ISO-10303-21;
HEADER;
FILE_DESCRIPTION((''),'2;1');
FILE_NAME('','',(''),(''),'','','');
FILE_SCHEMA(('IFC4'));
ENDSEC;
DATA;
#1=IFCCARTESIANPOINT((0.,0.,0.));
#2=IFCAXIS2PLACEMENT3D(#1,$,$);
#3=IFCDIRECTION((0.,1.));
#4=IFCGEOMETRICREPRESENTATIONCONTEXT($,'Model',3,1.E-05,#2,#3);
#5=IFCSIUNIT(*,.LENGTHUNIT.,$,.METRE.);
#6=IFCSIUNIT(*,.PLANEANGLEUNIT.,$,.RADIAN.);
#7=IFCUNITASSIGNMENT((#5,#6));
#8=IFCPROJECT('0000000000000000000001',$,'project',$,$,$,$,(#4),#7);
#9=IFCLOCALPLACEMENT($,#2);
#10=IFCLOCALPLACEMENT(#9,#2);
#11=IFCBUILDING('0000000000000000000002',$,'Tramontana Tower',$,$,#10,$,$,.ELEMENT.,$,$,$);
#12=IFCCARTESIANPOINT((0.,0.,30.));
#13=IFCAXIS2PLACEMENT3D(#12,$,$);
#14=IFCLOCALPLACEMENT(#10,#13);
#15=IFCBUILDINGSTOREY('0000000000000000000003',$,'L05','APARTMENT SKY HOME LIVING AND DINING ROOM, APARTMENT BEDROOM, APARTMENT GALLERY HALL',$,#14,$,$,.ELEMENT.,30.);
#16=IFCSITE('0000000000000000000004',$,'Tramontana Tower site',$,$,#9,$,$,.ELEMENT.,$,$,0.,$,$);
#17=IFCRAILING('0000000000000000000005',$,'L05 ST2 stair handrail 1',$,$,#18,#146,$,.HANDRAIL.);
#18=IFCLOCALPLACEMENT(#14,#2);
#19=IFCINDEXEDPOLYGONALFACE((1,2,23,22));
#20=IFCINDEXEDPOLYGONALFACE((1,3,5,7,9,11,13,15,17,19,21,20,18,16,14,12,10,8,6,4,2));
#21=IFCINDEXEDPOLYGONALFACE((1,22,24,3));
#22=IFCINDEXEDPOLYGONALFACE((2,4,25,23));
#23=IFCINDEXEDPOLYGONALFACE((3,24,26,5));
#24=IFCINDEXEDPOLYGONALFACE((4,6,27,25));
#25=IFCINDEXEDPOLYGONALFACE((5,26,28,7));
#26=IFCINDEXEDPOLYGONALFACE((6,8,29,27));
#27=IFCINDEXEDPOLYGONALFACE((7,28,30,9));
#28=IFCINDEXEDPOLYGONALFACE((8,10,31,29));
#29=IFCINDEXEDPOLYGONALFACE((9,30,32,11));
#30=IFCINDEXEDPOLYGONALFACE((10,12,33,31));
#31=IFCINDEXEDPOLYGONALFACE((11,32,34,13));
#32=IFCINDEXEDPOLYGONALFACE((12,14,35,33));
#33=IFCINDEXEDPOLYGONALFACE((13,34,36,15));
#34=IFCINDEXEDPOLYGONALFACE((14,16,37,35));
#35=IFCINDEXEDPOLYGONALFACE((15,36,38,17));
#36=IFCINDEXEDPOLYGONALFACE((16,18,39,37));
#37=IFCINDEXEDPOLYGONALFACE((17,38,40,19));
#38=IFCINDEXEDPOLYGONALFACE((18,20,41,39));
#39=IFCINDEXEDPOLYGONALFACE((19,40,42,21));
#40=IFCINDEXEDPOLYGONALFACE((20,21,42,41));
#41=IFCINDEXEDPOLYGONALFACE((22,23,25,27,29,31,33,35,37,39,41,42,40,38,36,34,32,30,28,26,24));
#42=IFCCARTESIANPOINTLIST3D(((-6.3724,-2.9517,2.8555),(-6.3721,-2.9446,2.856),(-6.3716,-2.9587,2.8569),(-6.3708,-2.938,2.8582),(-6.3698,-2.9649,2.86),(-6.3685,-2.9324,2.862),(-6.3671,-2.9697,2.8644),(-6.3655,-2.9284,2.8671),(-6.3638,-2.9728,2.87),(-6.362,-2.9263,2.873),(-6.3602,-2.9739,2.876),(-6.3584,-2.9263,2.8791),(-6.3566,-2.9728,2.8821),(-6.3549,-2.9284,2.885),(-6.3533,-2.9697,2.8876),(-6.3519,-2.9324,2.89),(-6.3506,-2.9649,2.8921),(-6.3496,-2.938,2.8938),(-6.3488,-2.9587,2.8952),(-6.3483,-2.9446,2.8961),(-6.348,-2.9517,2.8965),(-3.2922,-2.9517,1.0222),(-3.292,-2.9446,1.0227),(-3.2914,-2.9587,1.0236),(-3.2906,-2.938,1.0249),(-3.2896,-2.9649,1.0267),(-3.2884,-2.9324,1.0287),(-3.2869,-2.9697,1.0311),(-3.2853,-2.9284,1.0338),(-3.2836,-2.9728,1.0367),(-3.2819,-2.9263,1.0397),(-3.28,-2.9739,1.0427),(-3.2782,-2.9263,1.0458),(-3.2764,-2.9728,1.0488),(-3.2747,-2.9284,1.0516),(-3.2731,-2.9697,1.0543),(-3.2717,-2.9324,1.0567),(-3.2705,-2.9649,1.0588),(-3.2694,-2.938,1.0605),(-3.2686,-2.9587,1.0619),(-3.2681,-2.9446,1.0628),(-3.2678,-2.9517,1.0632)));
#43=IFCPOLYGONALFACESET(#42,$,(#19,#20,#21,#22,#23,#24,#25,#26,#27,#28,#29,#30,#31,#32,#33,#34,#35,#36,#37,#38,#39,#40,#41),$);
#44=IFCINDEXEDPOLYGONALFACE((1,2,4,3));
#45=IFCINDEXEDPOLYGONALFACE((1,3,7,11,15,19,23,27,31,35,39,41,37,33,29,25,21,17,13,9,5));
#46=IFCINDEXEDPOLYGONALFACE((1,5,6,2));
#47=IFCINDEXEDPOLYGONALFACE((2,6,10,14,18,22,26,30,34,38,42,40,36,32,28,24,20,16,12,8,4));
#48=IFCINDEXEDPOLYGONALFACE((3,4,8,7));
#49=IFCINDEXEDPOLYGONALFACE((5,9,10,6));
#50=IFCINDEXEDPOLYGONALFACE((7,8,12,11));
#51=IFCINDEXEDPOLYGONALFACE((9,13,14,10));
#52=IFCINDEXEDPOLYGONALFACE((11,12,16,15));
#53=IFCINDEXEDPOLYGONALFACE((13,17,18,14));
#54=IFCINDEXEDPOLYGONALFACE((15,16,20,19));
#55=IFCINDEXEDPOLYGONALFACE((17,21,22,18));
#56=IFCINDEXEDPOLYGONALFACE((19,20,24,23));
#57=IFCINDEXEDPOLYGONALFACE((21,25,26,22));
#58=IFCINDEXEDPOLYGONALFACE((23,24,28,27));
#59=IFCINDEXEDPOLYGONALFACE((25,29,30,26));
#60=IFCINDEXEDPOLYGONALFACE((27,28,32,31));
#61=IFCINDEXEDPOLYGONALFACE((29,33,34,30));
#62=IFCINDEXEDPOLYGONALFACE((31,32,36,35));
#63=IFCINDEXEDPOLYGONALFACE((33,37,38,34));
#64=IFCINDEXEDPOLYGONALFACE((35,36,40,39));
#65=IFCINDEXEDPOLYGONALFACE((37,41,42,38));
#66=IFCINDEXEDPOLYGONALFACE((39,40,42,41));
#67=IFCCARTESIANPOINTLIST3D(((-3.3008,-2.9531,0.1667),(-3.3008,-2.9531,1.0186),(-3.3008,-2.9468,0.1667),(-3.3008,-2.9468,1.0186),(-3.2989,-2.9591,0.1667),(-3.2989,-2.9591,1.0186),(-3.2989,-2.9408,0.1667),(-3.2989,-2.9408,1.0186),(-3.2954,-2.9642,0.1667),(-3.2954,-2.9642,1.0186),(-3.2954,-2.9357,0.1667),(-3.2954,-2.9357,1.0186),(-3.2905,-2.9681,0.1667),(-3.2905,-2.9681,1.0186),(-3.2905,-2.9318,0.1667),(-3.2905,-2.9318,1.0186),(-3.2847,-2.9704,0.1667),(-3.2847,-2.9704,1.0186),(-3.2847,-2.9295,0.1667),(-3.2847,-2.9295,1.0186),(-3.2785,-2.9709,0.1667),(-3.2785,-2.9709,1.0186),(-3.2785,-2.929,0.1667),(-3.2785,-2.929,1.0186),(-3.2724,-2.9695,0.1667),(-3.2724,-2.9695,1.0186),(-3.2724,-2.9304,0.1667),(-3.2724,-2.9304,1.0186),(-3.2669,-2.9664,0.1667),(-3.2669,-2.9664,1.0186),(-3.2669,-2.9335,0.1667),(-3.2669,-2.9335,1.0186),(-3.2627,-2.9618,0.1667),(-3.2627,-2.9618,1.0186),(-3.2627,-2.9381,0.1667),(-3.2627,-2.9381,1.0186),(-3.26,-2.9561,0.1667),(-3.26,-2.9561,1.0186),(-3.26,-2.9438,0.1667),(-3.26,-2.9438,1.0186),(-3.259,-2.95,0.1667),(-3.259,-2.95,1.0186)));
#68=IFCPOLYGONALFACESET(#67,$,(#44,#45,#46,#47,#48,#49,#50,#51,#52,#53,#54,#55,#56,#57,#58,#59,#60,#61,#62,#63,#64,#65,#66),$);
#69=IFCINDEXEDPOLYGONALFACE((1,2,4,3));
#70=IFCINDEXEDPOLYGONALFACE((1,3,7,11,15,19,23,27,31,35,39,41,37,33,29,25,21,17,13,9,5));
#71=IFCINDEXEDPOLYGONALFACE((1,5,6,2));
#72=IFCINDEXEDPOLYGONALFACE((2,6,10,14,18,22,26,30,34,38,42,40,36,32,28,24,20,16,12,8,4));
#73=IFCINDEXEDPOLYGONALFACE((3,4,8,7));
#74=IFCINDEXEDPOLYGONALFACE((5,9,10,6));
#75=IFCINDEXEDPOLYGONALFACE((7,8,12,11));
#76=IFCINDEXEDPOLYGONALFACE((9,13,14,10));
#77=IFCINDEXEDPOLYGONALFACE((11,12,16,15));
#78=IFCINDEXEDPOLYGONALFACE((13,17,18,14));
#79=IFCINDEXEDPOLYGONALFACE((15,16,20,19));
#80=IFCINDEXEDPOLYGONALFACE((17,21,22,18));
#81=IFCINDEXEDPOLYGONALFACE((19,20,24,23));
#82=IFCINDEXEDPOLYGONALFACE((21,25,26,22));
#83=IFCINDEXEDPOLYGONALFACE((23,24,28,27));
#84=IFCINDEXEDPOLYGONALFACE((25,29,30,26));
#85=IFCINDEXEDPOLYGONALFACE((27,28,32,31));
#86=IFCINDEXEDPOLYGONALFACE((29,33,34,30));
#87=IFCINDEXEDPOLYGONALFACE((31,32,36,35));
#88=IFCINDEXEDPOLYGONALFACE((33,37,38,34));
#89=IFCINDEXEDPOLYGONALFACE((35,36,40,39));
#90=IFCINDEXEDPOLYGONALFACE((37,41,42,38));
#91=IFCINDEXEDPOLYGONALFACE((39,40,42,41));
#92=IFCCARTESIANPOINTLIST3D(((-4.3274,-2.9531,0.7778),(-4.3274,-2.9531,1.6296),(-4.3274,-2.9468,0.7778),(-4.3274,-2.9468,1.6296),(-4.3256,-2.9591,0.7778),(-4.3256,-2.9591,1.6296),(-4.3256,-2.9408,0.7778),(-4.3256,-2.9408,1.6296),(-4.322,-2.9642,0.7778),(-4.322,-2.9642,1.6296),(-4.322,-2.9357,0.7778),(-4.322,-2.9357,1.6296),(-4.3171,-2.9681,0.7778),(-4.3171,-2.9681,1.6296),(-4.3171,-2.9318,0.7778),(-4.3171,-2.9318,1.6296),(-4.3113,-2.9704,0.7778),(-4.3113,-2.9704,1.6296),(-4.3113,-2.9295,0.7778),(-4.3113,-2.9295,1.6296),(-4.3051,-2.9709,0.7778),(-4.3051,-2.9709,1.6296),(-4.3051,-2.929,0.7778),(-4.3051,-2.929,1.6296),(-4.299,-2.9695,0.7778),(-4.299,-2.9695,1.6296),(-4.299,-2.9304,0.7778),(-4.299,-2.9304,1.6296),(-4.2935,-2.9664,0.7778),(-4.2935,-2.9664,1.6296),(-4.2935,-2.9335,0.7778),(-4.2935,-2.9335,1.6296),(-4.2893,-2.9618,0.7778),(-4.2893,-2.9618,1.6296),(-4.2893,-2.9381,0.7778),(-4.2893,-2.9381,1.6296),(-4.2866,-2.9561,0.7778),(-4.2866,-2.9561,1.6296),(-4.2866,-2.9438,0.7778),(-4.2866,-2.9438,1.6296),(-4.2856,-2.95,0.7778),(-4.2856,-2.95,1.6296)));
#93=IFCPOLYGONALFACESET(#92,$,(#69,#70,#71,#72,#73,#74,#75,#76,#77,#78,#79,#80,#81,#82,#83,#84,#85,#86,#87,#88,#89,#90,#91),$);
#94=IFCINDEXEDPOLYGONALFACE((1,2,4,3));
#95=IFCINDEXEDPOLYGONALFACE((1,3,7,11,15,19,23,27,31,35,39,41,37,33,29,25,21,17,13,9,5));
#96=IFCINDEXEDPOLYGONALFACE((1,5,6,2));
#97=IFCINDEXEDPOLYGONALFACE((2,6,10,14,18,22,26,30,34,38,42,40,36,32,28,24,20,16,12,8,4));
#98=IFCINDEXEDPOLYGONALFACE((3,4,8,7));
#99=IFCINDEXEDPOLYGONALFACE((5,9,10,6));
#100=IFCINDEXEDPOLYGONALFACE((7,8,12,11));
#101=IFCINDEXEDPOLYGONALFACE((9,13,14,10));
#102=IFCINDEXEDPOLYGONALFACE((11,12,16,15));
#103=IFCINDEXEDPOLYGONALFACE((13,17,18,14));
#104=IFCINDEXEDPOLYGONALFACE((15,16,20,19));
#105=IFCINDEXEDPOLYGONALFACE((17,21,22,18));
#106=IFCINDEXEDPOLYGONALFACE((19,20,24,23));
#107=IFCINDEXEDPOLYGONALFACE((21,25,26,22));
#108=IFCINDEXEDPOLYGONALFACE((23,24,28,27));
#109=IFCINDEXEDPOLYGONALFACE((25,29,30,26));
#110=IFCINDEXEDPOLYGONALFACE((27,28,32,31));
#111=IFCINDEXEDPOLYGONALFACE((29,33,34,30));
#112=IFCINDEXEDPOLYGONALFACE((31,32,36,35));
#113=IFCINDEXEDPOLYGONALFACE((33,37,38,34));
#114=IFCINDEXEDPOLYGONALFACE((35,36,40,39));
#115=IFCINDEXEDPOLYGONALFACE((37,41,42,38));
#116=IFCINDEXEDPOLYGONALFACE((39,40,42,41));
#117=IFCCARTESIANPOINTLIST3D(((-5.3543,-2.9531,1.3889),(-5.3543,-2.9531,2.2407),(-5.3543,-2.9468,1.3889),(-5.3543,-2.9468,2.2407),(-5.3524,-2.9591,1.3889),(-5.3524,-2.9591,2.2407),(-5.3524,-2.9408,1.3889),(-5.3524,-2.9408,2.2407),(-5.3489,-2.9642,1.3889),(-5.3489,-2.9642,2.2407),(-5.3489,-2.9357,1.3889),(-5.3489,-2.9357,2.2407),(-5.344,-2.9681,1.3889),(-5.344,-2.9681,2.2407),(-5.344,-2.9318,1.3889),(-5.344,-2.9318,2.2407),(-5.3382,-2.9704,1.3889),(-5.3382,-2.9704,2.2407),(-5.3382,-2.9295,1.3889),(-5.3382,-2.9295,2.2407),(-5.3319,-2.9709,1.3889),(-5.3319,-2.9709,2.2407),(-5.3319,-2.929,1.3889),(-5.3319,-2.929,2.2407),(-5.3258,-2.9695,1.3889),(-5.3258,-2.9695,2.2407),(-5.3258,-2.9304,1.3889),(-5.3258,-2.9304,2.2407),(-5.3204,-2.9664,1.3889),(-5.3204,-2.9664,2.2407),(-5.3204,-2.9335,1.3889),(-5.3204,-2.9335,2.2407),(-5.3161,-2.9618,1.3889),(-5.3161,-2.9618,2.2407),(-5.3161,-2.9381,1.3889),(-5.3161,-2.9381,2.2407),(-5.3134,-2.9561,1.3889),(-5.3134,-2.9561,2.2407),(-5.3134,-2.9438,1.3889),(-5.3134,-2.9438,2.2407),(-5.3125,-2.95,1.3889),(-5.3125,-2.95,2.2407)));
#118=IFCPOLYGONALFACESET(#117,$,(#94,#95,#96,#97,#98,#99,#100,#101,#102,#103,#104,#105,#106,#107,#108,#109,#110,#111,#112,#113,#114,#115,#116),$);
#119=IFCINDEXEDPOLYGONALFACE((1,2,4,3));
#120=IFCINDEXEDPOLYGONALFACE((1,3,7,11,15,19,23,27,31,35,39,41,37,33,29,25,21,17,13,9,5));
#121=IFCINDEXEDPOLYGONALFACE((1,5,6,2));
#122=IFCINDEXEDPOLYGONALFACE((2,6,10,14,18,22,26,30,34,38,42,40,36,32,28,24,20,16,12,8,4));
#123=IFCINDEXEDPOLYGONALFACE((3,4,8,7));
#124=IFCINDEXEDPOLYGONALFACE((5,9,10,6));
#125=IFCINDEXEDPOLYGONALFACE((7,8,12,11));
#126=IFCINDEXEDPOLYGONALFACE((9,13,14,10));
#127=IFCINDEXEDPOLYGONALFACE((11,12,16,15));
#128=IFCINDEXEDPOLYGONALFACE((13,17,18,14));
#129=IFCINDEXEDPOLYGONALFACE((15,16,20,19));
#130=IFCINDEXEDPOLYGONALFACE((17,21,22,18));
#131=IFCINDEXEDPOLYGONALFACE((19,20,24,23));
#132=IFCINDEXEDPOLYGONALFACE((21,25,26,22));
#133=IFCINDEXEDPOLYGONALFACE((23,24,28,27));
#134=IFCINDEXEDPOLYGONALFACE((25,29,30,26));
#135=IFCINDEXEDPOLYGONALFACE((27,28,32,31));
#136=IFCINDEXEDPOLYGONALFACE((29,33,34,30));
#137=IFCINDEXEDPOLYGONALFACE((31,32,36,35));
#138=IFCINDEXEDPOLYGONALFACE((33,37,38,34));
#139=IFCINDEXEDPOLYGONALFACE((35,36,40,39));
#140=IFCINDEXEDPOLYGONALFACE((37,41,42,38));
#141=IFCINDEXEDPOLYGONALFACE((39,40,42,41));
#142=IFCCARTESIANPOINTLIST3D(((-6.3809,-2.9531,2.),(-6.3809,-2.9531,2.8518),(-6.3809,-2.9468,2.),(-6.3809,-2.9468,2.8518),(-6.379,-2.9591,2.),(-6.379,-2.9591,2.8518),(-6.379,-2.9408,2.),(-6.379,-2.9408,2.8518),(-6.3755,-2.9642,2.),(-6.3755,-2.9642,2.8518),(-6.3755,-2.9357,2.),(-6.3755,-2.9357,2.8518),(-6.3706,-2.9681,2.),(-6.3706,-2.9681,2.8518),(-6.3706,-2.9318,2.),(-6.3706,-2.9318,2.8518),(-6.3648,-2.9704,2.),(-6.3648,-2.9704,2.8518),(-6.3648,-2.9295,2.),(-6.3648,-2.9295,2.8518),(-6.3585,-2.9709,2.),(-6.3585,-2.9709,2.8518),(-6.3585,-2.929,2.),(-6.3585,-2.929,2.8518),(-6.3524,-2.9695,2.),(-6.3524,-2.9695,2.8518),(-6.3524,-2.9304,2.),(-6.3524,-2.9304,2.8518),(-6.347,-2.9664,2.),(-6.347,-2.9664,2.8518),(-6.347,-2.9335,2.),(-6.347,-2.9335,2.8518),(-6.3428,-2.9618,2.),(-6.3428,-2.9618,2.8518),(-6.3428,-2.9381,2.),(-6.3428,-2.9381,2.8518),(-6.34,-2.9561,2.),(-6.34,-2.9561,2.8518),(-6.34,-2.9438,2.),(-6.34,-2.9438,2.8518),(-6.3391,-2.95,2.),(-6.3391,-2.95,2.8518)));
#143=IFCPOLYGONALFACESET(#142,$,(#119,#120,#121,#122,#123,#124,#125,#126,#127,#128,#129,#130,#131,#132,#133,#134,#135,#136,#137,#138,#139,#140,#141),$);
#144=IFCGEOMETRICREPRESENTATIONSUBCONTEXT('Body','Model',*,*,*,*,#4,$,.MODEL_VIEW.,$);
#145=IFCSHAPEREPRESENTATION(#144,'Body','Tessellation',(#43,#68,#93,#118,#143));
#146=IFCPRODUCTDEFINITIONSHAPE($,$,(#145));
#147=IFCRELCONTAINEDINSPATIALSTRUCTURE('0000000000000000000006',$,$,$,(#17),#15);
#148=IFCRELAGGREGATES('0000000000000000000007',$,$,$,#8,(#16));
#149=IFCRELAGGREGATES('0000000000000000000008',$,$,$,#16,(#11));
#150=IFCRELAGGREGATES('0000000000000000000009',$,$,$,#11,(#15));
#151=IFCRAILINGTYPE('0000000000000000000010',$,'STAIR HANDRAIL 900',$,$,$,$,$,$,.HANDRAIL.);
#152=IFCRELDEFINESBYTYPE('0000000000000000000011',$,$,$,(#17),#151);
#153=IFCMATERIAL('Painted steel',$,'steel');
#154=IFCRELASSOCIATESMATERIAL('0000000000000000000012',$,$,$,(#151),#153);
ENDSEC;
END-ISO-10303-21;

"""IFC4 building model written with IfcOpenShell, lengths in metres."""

from ifc_helpers import new_model, si_unit, direction, frame, origin, origin_2d, place, context, subcontext, project, spatial, circle, extrude, material, type_object, element, save


model = new_model("IFC4")

# Units and contexts
model_context = context("Model", 3, precision=1e-05, world=origin(), true_north=direction((0.0, 1.0)))
body_context = subcontext(model_context, "Body", "Model", "MODEL_VIEW")
ifc_project = project(units=[si_unit("LENGTHUNIT", "METRE"), si_unit("PLANEANGLEUNIT", "RADIAN")], contexts=[model_context])

# Site, building, storey
site_placement = place(None, origin())
site = spatial("IfcSite", under=ifc_project, at=site_placement, Name="Tramontana Tower site", CompositionType="ELEMENT", RefElevation=0.0)
building_placement = place(site_placement, origin())
building = spatial("IfcBuilding", under=site, at=building_placement, Name="Tramontana Tower", CompositionType="ELEMENT")
storey_placement = place(building_placement, frame((0.0, 0.0, 30.0)))
storey = spatial("IfcBuildingStorey", under=building, at=storey_placement, Name="L05", Description="APARTMENT SKY HOME LIVING AND DINING ROOM, APARTMENT BEDROOM, APARTMENT GALLERY HALL", CompositionType="ELEMENT", Elevation=30.0)

# Railing
ifc_material_1 = material(Name="Painted steel", Category="steel")
railing_type_1 = type_object("IfcRailingType", Name="STAIR HANDRAIL 900", PredefinedType="HANDRAIL", material=ifc_material_1)
railing_1_placement = place(storey_placement, frame((-3.28, -2.95, 0.1667)))
element("IfcRailing", 1, at=railing_1_placement, inside=storey, type_object=railing_type_1, Name="L05 ST2 stair handrail 1", PredefinedType="HANDRAIL", context=body_context, shape_type="SweptSolid", body=[
    extrude(circle(Radius=0.0239, at=origin_2d()), frame((0.0, 0.0, 0.876), z_axis=(-0.859309, 0.0, 0.511458), x_axis=(0.0, -1.0, 0.0)), (0.0, 0.0, 1.0), 3.5845),
    extrude(circle(Radius=0.021, at=origin_2d()), origin(), (0.0, 0.0, 1.0), 0.8518),
    extrude(circle(Radius=0.021, at=origin_2d()), frame((-1.0266, 0.0, 0.6111)), (0.0, 0.0, 1.0), 0.8518),
    extrude(circle(Radius=0.021, at=origin_2d()), frame((-2.0535, 0.0, 1.2222)), (0.0, 0.0, 1.0), 0.8518),
    extrude(circle(Radius=0.021, at=origin_2d()), frame((-3.0801, 0.0, 1.8333)), (0.0, 0.0, 1.0), 0.8518),
])

save(model, "model.ifc")
